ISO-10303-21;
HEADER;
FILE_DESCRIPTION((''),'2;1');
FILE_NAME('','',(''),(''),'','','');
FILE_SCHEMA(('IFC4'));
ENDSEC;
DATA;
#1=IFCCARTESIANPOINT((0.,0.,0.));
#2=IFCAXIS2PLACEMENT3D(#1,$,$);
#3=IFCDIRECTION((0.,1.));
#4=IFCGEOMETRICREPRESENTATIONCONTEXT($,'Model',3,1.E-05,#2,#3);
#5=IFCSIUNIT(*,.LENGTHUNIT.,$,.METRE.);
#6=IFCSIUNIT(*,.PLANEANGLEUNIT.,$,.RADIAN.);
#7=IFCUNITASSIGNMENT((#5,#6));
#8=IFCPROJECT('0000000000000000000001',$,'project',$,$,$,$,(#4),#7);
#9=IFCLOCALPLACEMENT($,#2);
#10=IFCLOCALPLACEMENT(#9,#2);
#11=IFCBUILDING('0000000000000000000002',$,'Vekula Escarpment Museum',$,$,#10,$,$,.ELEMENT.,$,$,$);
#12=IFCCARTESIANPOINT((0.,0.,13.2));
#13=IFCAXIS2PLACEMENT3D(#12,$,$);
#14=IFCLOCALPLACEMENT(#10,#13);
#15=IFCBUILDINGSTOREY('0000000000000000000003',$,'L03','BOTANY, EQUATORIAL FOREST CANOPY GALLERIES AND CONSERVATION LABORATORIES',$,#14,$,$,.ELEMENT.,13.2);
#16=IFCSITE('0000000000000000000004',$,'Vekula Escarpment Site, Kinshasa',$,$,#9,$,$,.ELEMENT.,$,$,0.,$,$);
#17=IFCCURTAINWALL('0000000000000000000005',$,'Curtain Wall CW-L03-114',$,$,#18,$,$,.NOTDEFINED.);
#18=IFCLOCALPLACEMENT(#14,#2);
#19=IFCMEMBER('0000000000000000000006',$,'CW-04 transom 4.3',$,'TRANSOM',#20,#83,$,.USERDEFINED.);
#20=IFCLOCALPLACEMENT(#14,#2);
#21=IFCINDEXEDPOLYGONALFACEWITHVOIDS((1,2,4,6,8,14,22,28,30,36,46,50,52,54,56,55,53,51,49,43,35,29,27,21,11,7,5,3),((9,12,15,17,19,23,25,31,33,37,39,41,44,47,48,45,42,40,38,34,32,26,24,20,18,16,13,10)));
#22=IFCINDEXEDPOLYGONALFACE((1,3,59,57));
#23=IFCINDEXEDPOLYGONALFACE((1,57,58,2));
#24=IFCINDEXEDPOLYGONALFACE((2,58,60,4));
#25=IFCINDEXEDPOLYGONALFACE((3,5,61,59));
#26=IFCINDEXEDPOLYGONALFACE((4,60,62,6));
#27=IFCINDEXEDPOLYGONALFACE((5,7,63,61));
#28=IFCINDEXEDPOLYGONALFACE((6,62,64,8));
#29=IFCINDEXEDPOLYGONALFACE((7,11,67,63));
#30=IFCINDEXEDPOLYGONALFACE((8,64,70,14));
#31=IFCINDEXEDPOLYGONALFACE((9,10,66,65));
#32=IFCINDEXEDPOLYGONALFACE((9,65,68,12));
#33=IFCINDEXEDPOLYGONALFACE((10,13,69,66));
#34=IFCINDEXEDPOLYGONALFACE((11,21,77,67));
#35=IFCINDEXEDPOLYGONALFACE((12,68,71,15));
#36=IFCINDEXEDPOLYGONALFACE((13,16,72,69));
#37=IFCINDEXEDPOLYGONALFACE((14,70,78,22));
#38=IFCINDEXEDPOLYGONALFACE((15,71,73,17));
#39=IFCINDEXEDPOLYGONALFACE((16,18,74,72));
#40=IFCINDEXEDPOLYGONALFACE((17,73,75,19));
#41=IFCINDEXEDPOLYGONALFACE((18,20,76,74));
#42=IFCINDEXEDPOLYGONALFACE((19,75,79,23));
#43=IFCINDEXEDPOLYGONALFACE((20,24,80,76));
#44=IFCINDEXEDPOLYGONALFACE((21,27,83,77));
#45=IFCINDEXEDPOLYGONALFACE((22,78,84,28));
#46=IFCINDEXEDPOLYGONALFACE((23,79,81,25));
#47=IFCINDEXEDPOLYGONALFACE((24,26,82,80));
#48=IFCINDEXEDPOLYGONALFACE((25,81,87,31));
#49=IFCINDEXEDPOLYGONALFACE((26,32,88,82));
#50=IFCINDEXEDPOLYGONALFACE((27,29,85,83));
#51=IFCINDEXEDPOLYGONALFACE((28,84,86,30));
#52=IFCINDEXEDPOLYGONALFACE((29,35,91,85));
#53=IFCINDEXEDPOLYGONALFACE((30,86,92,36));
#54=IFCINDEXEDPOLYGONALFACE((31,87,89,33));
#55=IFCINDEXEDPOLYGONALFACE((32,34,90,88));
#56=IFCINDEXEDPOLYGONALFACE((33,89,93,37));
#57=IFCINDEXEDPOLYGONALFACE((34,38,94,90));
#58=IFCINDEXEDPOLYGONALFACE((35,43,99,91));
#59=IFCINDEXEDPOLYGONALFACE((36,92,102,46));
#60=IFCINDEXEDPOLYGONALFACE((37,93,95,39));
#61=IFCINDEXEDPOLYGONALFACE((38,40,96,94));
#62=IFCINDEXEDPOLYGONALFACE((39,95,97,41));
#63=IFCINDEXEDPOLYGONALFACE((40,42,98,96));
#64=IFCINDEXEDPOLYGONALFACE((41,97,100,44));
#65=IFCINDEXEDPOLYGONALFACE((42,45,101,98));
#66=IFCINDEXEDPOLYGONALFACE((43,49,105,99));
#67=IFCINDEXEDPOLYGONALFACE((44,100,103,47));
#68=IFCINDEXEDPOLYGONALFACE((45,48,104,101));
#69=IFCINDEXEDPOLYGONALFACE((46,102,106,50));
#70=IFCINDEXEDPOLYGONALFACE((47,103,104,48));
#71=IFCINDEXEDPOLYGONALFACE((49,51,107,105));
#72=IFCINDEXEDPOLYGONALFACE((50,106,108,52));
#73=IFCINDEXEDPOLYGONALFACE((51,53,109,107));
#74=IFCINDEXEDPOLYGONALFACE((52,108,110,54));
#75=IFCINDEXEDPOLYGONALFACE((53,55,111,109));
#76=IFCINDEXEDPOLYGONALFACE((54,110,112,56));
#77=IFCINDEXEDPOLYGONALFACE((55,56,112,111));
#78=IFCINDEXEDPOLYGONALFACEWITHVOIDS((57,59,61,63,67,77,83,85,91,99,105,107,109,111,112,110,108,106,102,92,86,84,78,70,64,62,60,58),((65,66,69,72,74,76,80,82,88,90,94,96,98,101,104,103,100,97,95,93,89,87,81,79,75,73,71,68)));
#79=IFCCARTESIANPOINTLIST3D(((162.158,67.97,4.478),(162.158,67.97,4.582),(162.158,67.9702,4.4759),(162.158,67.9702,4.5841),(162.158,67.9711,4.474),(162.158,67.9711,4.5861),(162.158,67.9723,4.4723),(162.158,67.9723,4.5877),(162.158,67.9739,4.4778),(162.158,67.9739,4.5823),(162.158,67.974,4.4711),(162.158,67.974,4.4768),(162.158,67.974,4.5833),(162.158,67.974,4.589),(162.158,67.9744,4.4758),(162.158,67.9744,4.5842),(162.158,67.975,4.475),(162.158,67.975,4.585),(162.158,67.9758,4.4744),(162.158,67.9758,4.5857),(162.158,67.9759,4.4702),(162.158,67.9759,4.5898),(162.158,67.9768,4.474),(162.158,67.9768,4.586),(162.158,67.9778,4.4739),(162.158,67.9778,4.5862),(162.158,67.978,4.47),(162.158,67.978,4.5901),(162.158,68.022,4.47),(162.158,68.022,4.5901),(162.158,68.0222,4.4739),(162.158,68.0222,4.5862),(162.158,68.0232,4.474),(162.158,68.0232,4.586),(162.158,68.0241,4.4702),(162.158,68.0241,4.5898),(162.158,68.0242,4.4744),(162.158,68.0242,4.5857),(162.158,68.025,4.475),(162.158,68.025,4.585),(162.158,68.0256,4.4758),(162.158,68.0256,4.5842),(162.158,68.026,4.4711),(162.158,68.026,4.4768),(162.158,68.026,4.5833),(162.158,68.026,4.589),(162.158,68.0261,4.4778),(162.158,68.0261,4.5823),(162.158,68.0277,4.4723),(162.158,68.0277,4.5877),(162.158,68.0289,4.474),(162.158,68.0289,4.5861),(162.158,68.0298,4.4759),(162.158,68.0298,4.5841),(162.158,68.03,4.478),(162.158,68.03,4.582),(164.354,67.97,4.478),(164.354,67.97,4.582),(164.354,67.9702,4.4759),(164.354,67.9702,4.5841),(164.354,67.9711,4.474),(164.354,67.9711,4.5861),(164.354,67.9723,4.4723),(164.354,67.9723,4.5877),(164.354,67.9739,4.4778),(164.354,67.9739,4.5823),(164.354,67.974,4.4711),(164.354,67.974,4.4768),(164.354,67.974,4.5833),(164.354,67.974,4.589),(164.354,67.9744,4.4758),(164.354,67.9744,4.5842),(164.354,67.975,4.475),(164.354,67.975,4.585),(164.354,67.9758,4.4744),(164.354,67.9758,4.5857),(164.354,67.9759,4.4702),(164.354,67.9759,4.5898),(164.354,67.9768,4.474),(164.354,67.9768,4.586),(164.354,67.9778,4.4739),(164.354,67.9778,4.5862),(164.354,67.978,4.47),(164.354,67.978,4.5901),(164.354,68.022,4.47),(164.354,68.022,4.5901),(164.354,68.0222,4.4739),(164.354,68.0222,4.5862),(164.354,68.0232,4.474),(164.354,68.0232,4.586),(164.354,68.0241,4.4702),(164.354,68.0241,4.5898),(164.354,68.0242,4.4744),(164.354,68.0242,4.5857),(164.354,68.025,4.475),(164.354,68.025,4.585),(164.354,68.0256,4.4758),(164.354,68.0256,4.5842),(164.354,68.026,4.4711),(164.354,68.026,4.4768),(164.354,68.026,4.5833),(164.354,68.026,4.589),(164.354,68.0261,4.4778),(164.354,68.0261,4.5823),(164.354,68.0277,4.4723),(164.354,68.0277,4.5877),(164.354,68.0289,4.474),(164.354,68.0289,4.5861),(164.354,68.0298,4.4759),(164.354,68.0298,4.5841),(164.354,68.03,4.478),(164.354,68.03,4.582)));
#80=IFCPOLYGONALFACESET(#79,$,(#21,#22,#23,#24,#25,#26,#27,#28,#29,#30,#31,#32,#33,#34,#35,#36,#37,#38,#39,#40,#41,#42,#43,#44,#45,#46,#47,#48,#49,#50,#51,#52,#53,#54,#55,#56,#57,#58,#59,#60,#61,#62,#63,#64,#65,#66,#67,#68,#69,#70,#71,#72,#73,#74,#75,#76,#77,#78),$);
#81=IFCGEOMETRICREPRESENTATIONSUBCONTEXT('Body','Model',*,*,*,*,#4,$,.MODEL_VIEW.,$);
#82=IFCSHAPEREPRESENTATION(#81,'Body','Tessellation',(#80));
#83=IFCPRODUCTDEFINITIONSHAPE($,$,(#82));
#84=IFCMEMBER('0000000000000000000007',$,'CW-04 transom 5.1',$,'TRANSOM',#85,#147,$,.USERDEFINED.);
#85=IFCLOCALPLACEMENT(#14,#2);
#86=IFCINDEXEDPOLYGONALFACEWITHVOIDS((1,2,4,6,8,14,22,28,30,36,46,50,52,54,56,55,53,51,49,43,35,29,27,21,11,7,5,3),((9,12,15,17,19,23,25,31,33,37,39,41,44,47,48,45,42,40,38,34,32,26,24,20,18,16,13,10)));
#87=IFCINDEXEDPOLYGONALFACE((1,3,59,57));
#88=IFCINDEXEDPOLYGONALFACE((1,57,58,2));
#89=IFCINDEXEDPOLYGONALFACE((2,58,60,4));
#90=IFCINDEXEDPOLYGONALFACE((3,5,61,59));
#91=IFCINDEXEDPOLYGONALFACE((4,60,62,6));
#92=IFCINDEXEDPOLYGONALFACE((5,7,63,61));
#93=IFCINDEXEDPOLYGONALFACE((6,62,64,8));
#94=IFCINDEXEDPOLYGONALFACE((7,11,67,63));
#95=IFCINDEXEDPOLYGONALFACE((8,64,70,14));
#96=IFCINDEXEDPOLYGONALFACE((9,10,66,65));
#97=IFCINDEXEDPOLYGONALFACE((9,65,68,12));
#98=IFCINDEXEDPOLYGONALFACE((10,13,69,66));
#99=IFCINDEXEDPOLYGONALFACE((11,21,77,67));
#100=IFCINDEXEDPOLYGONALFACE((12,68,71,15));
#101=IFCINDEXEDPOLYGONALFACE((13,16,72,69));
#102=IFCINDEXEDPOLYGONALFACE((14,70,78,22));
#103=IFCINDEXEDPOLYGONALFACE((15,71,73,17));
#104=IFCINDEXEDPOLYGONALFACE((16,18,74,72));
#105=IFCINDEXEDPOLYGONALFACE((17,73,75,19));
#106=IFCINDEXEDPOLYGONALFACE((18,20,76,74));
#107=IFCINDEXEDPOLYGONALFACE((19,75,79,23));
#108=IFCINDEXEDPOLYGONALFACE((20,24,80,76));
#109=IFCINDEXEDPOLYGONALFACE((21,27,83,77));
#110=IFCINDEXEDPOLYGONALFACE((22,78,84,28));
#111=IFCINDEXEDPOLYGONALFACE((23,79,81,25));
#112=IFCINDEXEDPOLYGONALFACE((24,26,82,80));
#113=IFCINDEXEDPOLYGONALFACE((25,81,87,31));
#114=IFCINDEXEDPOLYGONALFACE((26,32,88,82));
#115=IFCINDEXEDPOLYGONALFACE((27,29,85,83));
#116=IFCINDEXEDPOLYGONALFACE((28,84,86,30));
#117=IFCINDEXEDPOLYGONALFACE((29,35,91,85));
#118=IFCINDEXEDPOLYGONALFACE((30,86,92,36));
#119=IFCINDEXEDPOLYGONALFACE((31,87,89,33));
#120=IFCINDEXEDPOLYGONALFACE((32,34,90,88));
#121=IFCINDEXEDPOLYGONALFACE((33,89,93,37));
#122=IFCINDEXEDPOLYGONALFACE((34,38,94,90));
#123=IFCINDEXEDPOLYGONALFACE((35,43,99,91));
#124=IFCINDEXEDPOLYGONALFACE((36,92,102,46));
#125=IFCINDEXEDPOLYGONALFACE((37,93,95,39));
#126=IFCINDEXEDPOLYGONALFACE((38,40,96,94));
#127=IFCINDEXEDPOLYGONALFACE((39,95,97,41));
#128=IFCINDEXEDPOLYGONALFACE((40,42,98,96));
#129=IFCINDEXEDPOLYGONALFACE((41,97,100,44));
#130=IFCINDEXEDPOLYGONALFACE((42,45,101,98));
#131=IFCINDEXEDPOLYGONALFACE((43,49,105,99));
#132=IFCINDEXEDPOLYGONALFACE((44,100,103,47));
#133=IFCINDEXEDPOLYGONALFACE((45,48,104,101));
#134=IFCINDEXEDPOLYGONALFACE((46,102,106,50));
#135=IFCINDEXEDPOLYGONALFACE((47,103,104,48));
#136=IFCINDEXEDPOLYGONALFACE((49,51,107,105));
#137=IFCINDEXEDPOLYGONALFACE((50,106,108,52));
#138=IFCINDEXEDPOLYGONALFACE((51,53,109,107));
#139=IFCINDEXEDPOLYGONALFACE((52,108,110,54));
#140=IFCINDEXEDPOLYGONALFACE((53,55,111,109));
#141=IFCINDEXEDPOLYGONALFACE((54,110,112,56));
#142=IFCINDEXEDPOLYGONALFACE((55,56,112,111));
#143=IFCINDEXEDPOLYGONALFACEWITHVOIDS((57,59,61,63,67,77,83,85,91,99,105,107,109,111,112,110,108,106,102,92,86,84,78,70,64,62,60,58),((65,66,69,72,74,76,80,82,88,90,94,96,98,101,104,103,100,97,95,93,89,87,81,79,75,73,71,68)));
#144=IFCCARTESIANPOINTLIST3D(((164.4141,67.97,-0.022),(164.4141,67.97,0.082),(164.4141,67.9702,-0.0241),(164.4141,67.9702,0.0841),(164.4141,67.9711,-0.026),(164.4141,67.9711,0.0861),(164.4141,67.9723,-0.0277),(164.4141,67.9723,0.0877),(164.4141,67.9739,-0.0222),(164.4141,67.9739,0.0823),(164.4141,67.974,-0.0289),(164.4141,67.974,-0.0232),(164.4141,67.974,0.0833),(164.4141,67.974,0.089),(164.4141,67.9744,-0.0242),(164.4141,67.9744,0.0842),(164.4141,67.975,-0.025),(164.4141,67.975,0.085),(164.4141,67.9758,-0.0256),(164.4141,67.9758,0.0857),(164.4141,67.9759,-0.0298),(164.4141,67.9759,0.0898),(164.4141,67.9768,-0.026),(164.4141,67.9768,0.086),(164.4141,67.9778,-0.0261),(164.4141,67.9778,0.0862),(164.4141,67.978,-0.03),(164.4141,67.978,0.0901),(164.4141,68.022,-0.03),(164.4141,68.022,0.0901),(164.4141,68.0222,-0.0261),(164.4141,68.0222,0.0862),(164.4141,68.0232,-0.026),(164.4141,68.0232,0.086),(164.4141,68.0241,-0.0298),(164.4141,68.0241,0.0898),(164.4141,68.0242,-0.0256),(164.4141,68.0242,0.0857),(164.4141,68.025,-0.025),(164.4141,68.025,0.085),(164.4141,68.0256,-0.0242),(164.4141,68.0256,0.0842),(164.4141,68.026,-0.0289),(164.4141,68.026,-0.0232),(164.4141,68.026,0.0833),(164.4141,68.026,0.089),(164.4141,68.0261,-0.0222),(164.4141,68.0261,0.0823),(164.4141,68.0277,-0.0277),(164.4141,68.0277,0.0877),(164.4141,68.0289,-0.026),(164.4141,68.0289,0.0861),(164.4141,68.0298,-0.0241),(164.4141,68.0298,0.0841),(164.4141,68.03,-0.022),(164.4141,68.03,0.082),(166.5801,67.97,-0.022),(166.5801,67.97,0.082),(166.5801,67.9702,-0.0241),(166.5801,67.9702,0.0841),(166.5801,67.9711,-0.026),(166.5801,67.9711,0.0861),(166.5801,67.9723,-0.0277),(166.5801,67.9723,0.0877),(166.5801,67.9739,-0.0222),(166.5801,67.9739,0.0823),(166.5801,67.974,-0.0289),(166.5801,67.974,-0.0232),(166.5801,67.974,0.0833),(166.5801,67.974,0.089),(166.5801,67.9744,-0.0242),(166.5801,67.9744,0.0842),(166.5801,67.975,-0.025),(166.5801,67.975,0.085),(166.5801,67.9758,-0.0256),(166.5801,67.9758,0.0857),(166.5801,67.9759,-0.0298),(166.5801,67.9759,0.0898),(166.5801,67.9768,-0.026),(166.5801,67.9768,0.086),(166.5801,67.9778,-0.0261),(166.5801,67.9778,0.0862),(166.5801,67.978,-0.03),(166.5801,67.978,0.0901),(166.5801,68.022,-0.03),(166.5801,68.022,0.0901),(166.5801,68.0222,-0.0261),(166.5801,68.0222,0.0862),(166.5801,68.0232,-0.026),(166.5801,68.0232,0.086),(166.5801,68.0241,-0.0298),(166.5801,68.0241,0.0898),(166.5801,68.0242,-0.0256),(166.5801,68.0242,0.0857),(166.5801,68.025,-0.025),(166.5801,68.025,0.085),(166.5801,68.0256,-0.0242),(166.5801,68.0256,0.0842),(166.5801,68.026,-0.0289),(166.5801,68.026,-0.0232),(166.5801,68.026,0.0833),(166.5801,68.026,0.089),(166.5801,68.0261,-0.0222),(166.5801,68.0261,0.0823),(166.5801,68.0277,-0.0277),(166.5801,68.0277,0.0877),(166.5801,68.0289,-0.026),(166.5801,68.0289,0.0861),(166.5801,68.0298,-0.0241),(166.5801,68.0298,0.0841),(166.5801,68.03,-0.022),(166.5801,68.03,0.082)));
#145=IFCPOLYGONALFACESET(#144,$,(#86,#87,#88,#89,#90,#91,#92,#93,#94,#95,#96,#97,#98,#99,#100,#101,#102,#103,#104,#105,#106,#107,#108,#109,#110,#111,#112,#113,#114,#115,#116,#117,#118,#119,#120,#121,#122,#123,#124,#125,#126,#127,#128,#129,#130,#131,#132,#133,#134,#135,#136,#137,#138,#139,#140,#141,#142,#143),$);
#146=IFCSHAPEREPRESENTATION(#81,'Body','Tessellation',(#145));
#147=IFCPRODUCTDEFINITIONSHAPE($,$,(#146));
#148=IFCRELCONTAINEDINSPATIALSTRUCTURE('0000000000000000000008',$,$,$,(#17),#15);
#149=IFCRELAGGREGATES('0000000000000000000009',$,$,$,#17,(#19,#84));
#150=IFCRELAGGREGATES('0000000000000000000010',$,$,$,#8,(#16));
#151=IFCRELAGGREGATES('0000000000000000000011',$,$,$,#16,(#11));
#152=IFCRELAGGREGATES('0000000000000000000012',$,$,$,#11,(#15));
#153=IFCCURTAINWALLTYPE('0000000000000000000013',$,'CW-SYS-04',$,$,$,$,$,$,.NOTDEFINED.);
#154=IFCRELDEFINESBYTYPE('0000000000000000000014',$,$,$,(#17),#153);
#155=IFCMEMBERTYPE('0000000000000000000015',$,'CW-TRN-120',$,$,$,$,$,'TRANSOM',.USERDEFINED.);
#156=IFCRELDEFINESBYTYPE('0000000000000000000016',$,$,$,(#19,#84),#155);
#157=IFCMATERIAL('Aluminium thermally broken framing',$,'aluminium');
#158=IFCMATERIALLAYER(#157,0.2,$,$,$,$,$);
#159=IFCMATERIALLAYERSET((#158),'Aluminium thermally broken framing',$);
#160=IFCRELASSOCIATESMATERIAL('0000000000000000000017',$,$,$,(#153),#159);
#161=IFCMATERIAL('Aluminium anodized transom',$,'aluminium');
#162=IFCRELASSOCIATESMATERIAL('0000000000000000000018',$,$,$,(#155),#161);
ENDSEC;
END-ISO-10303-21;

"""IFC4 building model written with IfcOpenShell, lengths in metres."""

from ifc_helpers import new_model, si_unit, direction, frame, origin, origin_2d, place, context, subcontext, project, spatial, hollow_rectangle, extrude, material, layer, layer_set, material_profile, profile_set, type_object, element, aggregate, save


model = new_model("IFC4")

# Units and contexts
model_context = context("Model", 3, precision=1e-05, world=origin(), true_north=direction((0.0, 1.0)))
body_context = subcontext(model_context, "Body", "Model", "MODEL_VIEW")
ifc_project = project(units=[si_unit("LENGTHUNIT", "METRE"), si_unit("PLANEANGLEUNIT", "RADIAN")], contexts=[model_context])

# Site, building, storey
site_placement = place(None, origin())
site = spatial("IfcSite", under=ifc_project, at=site_placement, Name="Vekula Escarpment Site, Kinshasa", CompositionType="ELEMENT", RefElevation=0.0)
building_placement = place(site_placement, origin())
building = spatial("IfcBuilding", under=site, at=building_placement, Name="Vekula Escarpment Museum", CompositionType="ELEMENT")
storey_placement = place(building_placement, frame((0.0, 0.0, 13.2)))
storey = spatial("IfcBuildingStorey", under=building, at=storey_placement, Name="L03", Description="BOTANY, EQUATORIAL FOREST CANOPY GALLERIES AND CONSERVATION LABORATORIES", CompositionType="ELEMENT", Elevation=13.2)

# Curtain wall, members
ifc_material_1 = material(Name="Aluminium thermally broken framing", Category="aluminium")
ifc_layer_1 = layer(ifc_material_1, 0.2)
ifc_layer_set_1 = layer_set([ifc_layer_1], Name="Aluminium thermally broken framing")
curtain_wall_type = type_object("IfcCurtainWallType", Name="CW-SYS-04", PredefinedType="NOTDEFINED", material=ifc_layer_set_1)
curtain_wall_placement = place(storey_placement, origin())
curtain_wall = element("IfcCurtainWall", 1, at=curtain_wall_placement, inside=storey, type_object=curtain_wall_type, Name="Curtain Wall CW-L03-114", PredefinedType="NOTDEFINED")
ifc_material_2 = material(Name="Aluminium anodized transom", Category="aluminium")
ifc_material_profile_1 = material_profile(ifc_material_2, hollow_rectangle(XDim=0.0601, YDim=0.1201, WallThickness=0.0039, InnerFilletRadius=0.0039, OuterFilletRadius=0.0081, at=origin_2d()), Name="ALU 120x60x4")
ifc_profile_set_1 = profile_set([ifc_material_profile_1], Name="Aluminium anodized transom")
member_type_1 = type_object("IfcMemberType", Name="CW-TRN-120", ElementType="TRANSOM", PredefinedType="USERDEFINED", material=ifc_profile_set_1)
member_1_placement = place(storey_placement, frame((162.158, 68.0, 4.53), z_axis=(1.0, 0.0, 0.0), x_axis=(0.0, 1.0, 0.0)))
member_1 = element("IfcMember", 2, at=member_1_placement, type_object=member_type_1, Name="CW-04 transom 4.3", ObjectType="TRANSOM", PredefinedType="USERDEFINED", context=body_context, shape_type="SweptSolid", body=[
    extrude(hollow_rectangle(XDim=0.0601, YDim=0.1201, WallThickness=0.0039, InnerFilletRadius=0.0039, OuterFilletRadius=0.0081, at=origin_2d()), origin(), (0.0, 0.0, 1.0), 2.196),
])
member_2_placement = place(storey_placement, frame((164.4141, 68.0, 0.03), z_axis=(1.0, 0.0, 0.0), x_axis=(0.0, 1.0, 0.0)))
member_2 = element("IfcMember", 3, at=member_2_placement, type_object=member_type_1, Name="CW-04 transom 5.1", ObjectType="TRANSOM", PredefinedType="USERDEFINED", context=body_context, shape_type="SweptSolid", body=[
    extrude(hollow_rectangle(XDim=0.0601, YDim=0.1201, WallThickness=0.0039, InnerFilletRadius=0.0039, OuterFilletRadius=0.0081, at=origin_2d()), origin(), (0.0, 0.0, 1.0), 2.166),
])
aggregate(curtain_wall, [member_1, member_2])

save(model, "model.ifc")
